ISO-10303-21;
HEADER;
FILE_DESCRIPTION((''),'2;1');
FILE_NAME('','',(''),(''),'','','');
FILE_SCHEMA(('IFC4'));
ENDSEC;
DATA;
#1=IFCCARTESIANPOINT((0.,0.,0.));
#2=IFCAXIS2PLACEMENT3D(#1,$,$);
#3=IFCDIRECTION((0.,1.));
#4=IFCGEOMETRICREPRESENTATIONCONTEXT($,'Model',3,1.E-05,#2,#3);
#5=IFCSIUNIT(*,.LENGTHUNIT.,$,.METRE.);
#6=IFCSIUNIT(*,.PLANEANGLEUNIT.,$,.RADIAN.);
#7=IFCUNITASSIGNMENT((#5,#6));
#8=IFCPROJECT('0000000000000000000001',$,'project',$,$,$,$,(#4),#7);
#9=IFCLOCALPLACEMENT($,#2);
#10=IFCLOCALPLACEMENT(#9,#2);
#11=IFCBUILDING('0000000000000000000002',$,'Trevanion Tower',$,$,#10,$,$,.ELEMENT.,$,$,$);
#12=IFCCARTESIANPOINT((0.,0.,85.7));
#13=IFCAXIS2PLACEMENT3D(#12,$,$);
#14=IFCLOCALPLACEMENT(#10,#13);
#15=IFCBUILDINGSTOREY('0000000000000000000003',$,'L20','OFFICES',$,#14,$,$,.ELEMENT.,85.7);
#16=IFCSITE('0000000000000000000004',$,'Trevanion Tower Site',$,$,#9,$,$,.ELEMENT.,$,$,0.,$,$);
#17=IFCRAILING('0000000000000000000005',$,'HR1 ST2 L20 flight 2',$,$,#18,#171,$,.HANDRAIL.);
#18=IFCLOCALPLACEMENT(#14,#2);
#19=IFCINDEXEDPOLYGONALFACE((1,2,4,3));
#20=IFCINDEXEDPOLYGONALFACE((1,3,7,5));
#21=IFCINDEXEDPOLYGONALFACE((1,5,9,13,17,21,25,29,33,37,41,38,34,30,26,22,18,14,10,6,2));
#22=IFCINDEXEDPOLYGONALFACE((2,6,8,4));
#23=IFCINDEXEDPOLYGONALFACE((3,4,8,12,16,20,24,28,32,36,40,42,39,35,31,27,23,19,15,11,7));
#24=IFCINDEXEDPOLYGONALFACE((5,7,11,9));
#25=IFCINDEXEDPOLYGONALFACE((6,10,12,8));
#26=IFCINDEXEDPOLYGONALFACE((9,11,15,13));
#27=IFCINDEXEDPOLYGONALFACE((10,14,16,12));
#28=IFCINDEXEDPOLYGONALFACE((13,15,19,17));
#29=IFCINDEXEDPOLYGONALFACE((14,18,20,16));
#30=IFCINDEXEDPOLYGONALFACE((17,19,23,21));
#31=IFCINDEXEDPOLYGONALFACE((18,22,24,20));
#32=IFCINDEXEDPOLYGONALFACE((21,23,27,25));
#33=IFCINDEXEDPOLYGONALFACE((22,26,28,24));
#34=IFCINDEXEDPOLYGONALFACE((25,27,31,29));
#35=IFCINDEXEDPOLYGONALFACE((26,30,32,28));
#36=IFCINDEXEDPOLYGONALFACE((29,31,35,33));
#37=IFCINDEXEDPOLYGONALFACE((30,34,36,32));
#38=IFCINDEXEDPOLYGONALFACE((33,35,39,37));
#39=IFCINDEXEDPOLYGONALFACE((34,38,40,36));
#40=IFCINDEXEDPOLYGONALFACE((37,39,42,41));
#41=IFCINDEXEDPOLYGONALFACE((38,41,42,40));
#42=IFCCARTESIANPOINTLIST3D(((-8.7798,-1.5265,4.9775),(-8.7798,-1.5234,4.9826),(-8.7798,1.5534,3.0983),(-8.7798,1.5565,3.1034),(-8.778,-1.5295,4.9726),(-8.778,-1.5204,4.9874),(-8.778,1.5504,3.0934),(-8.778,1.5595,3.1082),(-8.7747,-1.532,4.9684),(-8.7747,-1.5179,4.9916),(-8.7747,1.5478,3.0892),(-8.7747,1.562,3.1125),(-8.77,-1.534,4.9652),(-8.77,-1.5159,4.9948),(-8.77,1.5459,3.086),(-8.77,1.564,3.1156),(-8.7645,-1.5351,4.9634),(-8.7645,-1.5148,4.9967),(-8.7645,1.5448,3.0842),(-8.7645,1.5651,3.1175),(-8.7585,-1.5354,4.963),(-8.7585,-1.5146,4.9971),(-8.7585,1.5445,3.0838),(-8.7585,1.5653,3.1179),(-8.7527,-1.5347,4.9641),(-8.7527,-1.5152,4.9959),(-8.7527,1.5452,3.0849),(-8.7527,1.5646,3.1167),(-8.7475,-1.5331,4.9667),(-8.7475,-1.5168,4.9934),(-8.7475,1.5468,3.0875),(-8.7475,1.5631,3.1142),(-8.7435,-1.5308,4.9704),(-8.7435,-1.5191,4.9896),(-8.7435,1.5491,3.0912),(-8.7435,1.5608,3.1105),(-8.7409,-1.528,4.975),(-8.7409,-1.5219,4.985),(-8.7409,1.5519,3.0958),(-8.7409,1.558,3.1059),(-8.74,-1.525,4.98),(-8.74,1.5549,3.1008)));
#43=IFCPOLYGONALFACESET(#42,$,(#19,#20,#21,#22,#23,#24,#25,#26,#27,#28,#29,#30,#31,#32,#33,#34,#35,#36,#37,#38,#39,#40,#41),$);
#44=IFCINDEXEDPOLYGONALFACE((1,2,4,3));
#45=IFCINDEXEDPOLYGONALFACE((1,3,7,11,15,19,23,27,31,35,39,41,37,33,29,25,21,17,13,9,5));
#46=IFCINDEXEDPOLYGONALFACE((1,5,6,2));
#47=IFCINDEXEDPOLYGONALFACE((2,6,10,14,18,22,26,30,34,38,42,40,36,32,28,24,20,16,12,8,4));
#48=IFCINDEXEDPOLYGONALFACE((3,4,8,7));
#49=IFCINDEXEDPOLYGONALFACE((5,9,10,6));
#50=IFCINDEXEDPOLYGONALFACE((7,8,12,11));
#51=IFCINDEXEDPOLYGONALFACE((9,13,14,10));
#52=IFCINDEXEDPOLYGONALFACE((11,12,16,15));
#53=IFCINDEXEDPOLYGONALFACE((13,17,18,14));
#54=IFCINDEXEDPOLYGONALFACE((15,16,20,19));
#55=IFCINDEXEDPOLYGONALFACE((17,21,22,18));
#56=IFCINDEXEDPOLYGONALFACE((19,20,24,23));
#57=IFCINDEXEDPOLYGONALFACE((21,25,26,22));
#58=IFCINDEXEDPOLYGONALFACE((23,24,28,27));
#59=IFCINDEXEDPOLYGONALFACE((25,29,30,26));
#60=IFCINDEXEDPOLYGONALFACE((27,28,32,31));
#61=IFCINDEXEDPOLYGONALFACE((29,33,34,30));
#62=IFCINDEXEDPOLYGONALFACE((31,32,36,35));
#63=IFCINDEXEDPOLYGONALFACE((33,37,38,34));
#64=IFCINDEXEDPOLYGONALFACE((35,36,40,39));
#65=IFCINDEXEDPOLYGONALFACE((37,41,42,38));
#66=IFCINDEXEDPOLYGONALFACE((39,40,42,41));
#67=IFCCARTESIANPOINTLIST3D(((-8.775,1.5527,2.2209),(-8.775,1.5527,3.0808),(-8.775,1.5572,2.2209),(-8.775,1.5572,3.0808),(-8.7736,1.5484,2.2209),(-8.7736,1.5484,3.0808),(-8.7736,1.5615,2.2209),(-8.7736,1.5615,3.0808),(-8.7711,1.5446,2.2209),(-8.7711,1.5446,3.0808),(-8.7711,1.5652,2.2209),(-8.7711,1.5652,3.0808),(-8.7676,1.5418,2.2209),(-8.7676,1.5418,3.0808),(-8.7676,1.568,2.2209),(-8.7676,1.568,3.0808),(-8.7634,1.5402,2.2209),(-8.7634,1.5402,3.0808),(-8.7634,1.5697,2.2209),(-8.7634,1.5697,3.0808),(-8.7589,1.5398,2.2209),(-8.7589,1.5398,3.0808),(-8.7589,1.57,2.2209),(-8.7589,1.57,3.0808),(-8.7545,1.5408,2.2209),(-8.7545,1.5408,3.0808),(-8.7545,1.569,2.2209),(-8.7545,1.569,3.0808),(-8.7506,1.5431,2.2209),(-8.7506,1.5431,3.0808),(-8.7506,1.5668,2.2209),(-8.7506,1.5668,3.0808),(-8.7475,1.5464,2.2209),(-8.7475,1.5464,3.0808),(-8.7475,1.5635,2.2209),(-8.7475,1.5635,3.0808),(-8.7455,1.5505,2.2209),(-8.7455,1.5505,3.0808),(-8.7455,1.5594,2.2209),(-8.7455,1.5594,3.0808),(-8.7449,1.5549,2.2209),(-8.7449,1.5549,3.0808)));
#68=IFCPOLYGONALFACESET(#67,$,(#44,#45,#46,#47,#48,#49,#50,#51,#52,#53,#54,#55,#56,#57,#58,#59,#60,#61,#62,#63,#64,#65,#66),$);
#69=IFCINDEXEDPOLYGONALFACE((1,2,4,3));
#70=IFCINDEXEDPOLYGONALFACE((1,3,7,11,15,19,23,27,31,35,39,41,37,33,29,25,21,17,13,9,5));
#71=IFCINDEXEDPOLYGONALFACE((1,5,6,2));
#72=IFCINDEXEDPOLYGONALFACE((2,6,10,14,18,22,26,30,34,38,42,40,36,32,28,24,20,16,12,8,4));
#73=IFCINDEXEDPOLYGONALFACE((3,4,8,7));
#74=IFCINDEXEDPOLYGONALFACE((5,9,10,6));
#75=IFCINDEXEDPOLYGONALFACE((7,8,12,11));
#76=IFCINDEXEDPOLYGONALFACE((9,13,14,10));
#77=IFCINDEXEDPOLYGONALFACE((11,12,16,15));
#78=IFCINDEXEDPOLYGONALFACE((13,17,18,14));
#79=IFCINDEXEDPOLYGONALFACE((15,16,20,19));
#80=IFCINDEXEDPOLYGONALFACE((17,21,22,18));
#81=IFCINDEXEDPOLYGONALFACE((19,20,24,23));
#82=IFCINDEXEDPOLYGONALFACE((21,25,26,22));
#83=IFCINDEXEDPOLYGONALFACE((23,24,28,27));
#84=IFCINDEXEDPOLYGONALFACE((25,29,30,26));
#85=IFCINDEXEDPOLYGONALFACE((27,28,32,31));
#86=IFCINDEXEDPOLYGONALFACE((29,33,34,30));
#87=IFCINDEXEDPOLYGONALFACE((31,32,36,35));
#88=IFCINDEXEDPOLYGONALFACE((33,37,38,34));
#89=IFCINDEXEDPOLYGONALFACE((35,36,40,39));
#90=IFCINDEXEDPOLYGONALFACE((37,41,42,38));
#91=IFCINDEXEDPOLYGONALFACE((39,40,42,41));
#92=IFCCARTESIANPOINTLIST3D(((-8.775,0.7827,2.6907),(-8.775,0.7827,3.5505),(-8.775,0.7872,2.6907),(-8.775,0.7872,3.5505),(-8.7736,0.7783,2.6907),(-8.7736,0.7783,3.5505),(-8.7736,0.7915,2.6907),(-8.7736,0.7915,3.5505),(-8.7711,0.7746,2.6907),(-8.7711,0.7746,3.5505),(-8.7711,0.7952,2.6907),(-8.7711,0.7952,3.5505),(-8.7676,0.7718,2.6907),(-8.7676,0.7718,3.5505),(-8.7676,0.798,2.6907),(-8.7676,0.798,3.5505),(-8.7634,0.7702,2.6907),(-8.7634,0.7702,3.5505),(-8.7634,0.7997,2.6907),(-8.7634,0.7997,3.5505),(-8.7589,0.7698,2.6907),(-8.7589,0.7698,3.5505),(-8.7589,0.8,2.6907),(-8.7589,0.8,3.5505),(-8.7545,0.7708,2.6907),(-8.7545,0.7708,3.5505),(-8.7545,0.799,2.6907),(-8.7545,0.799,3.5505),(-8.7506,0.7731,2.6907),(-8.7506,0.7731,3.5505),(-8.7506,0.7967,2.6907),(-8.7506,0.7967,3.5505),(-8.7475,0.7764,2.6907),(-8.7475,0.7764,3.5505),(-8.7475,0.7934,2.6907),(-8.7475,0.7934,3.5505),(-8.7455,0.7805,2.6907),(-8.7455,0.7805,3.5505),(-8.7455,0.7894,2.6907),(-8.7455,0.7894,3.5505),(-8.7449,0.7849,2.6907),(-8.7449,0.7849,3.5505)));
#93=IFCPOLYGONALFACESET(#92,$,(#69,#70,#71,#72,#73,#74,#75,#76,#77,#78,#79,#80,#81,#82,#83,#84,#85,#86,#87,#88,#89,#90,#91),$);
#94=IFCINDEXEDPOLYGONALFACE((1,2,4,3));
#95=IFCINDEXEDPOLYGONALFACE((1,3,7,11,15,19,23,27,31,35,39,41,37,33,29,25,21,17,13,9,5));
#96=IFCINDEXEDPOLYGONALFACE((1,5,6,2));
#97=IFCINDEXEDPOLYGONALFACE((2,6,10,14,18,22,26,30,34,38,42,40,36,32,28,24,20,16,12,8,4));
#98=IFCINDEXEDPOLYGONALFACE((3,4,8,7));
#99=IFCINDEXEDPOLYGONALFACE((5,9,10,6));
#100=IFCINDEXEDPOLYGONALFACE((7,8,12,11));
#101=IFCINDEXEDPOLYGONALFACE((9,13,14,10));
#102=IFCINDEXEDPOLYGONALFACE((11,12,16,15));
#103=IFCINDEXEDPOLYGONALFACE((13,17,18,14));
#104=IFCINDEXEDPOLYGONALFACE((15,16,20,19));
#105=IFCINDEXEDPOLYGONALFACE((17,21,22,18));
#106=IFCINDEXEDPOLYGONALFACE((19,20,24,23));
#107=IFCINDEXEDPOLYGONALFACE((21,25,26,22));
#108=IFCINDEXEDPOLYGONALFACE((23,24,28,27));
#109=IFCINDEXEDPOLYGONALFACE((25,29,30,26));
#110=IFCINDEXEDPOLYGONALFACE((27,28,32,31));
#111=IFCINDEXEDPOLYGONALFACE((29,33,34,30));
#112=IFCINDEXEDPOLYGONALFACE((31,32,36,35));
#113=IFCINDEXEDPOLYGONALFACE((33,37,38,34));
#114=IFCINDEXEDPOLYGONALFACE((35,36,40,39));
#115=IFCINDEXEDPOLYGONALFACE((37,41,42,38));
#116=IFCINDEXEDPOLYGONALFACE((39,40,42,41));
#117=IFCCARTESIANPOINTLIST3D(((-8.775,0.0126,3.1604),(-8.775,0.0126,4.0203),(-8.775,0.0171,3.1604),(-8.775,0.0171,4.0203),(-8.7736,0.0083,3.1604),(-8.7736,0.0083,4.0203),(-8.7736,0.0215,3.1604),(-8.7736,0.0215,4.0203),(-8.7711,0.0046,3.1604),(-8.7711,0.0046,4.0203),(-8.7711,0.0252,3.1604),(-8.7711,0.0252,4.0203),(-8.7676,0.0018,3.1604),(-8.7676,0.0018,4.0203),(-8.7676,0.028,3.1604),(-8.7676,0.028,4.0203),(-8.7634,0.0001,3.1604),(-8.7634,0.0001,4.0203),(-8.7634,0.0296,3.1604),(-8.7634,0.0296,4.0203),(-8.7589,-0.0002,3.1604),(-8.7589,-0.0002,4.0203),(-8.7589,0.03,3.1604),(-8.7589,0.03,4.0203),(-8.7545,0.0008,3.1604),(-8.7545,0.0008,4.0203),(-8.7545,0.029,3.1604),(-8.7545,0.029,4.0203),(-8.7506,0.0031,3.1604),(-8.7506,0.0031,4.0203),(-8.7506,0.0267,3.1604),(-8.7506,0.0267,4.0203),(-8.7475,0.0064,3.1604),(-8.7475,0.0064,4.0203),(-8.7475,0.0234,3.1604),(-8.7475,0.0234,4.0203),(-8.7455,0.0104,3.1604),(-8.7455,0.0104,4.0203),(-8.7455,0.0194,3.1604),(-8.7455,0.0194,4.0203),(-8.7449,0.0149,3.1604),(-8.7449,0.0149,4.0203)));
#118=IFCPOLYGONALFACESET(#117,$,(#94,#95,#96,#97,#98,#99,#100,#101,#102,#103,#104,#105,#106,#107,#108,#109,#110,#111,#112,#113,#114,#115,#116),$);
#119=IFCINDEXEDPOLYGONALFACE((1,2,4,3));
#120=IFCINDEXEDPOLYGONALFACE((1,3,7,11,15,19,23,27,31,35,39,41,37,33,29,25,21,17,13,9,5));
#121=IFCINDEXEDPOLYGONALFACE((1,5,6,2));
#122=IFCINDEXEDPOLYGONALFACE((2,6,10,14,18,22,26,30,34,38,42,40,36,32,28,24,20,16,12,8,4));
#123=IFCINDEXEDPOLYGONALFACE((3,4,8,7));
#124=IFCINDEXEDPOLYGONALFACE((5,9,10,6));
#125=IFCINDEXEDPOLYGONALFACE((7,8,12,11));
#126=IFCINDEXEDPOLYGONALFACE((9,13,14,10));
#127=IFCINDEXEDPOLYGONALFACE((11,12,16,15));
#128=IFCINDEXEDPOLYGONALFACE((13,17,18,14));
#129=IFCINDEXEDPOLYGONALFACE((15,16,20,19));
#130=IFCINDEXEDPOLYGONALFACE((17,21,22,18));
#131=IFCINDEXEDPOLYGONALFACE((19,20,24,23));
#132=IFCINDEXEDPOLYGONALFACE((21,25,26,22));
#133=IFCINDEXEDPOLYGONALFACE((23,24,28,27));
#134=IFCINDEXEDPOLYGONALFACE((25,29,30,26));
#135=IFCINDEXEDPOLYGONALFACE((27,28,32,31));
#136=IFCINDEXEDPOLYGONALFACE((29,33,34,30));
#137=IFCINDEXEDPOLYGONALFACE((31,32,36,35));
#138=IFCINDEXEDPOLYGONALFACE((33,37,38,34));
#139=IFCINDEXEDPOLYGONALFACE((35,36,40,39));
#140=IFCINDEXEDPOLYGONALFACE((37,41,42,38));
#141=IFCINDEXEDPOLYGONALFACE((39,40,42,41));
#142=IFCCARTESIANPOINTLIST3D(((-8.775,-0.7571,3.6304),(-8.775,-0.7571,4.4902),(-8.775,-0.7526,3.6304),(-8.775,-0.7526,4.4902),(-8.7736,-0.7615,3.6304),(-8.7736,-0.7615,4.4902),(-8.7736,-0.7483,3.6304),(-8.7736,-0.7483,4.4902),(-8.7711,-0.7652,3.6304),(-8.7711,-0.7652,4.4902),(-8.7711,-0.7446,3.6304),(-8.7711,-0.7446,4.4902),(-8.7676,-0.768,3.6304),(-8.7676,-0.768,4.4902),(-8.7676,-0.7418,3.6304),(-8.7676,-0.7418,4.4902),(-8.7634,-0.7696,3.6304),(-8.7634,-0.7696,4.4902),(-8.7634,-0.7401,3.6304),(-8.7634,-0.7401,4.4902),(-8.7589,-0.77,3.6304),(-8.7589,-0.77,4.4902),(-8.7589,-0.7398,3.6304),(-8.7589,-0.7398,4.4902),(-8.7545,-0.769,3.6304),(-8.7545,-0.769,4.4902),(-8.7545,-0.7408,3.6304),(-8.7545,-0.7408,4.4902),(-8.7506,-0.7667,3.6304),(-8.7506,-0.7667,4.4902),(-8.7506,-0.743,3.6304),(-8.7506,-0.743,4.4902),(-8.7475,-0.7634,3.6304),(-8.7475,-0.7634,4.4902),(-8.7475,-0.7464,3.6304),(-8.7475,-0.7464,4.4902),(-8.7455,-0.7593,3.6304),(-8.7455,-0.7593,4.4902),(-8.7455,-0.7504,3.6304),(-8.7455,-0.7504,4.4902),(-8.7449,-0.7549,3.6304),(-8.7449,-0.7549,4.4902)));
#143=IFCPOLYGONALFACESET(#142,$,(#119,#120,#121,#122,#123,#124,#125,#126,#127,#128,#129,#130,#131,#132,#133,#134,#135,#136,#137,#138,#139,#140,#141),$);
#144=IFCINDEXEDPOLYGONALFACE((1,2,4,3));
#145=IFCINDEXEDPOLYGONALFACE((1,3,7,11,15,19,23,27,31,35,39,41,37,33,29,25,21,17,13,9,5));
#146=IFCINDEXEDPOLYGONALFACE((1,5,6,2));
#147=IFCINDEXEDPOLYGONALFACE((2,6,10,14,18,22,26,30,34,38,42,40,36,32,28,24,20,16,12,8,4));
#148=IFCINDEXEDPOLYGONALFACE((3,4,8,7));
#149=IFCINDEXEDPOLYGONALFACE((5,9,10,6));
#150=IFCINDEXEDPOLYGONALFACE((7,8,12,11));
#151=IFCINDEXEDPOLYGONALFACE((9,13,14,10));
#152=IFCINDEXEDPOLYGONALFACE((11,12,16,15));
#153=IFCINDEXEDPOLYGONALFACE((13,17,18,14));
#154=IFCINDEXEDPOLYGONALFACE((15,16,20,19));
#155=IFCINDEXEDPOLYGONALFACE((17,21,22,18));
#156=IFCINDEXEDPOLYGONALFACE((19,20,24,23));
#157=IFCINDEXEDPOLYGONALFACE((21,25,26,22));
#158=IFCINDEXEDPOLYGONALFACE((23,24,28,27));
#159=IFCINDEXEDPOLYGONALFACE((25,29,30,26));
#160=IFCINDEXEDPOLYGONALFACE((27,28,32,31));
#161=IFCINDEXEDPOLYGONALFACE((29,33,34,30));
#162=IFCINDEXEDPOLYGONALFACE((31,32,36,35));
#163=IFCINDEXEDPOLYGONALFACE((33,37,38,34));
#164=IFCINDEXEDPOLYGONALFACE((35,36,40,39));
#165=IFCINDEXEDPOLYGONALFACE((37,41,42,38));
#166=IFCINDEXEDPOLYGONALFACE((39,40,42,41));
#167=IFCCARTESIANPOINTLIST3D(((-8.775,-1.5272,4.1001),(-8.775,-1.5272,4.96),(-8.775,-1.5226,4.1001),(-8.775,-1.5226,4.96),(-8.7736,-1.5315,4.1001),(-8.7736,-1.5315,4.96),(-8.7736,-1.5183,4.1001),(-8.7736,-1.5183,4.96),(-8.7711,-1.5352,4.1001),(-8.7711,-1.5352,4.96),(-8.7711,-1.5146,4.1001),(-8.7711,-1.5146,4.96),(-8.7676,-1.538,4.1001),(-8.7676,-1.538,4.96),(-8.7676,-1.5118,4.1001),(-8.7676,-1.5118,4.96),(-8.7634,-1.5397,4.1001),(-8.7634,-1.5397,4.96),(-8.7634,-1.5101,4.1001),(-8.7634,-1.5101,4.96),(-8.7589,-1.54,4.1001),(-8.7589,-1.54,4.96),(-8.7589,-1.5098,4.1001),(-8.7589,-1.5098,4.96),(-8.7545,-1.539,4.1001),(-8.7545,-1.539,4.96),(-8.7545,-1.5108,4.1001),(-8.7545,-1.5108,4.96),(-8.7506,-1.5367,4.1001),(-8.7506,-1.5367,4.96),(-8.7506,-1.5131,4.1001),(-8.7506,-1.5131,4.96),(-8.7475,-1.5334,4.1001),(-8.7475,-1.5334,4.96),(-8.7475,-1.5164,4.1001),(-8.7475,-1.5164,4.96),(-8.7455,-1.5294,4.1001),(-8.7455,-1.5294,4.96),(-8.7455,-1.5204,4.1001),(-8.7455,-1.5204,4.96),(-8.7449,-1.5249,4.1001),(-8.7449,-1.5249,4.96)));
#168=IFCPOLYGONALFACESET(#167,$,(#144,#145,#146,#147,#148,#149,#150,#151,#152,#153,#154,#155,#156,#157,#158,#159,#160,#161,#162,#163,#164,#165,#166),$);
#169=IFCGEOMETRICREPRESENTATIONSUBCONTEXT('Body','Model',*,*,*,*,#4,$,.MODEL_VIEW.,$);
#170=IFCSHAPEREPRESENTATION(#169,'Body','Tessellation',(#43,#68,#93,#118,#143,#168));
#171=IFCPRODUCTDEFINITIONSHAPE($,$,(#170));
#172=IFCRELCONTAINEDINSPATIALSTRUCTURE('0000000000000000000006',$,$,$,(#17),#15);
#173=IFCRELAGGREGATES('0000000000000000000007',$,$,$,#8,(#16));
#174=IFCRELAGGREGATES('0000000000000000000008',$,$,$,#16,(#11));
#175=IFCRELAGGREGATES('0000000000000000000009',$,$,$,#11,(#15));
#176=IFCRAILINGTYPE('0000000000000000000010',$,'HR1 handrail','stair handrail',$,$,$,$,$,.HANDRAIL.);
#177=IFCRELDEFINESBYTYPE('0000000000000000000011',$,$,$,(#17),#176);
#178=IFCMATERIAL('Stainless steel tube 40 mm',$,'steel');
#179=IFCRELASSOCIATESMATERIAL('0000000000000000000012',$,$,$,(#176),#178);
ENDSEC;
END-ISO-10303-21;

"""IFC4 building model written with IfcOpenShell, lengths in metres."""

from ifc_helpers import new_model, si_unit, direction, frame, origin, origin_2d, place, context, subcontext, project, spatial, circle, extrude, material, type_object, element, save


model = new_model("IFC4")

# Units and contexts
model_context = context("Model", 3, precision=1e-05, world=origin(), true_north=direction((0.0, 1.0)))
body_context = subcontext(model_context, "Body", "Model", "MODEL_VIEW")
ifc_project = project(units=[si_unit("LENGTHUNIT", "METRE"), si_unit("PLANEANGLEUNIT", "RADIAN")], contexts=[model_context])

# Site, building, storey
site_placement = place(None, origin())
site = spatial("IfcSite", under=ifc_project, at=site_placement, Name="Trevanion Tower Site", CompositionType="ELEMENT", RefElevation=0.0)
building_placement = place(site_placement, origin())
building = spatial("IfcBuilding", under=site, at=building_placement, Name="Trevanion Tower", CompositionType="ELEMENT")
storey_placement = place(building_placement, frame((0.0, 0.0, 85.7)))
storey = spatial("IfcBuildingStorey", under=building, at=storey_placement, Name="L20", Description="OFFICES", CompositionType="ELEMENT", Elevation=85.7)

# Railing
ifc_material_1 = material(Name="Stainless steel tube 40 mm", Category="steel")
railing_type = type_object("IfcRailingType", Name="HR1 handrail", Description="stair handrail", PredefinedType="HANDRAIL", material=ifc_material_1)
for number, where, name in (
    (1, (-8.76, 1.5549, 2.2209), "HR1 ST2 L20 flight 2"),
):
    element("IfcRailing", number, at=place(storey_placement, frame(where)), inside=storey, type_object=railing_type, Name=name, PredefinedType="HANDRAIL", context=body_context, shape_type="SweptSolid", body=[
        extrude(circle(Radius=0.02, at=origin_2d()), frame((0.0, 0.0, 0.8799), z_axis=(0.0, -0.853648, 0.52085), x_axis=(1.0, 0.0, 0.0)), (0.0, 0.0, 1.0), 3.6079),
        extrude(circle(Radius=0.0151, at=origin_2d()), origin(), (0.0, 0.0, 1.0), 0.8599),
        extrude(circle(Radius=0.0151, at=origin_2d()), frame((0.0, -0.77, 0.4697)), (0.0, 0.0, 1.0), 0.8599),
        extrude(circle(Radius=0.0151, at=origin_2d()), frame((0.0, -1.54, 0.9395)), (0.0, 0.0, 1.0), 0.8599),
        extrude(circle(Radius=0.0151, at=origin_2d()), frame((0.0, -2.3098, 1.4094)), (0.0, 0.0, 1.0), 0.8599),
        extrude(circle(Radius=0.0151, at=origin_2d()), frame((0.0, -3.0798, 1.8792)), (0.0, 0.0, 1.0), 0.8599),
    ])

save(model, "model.ifc")
